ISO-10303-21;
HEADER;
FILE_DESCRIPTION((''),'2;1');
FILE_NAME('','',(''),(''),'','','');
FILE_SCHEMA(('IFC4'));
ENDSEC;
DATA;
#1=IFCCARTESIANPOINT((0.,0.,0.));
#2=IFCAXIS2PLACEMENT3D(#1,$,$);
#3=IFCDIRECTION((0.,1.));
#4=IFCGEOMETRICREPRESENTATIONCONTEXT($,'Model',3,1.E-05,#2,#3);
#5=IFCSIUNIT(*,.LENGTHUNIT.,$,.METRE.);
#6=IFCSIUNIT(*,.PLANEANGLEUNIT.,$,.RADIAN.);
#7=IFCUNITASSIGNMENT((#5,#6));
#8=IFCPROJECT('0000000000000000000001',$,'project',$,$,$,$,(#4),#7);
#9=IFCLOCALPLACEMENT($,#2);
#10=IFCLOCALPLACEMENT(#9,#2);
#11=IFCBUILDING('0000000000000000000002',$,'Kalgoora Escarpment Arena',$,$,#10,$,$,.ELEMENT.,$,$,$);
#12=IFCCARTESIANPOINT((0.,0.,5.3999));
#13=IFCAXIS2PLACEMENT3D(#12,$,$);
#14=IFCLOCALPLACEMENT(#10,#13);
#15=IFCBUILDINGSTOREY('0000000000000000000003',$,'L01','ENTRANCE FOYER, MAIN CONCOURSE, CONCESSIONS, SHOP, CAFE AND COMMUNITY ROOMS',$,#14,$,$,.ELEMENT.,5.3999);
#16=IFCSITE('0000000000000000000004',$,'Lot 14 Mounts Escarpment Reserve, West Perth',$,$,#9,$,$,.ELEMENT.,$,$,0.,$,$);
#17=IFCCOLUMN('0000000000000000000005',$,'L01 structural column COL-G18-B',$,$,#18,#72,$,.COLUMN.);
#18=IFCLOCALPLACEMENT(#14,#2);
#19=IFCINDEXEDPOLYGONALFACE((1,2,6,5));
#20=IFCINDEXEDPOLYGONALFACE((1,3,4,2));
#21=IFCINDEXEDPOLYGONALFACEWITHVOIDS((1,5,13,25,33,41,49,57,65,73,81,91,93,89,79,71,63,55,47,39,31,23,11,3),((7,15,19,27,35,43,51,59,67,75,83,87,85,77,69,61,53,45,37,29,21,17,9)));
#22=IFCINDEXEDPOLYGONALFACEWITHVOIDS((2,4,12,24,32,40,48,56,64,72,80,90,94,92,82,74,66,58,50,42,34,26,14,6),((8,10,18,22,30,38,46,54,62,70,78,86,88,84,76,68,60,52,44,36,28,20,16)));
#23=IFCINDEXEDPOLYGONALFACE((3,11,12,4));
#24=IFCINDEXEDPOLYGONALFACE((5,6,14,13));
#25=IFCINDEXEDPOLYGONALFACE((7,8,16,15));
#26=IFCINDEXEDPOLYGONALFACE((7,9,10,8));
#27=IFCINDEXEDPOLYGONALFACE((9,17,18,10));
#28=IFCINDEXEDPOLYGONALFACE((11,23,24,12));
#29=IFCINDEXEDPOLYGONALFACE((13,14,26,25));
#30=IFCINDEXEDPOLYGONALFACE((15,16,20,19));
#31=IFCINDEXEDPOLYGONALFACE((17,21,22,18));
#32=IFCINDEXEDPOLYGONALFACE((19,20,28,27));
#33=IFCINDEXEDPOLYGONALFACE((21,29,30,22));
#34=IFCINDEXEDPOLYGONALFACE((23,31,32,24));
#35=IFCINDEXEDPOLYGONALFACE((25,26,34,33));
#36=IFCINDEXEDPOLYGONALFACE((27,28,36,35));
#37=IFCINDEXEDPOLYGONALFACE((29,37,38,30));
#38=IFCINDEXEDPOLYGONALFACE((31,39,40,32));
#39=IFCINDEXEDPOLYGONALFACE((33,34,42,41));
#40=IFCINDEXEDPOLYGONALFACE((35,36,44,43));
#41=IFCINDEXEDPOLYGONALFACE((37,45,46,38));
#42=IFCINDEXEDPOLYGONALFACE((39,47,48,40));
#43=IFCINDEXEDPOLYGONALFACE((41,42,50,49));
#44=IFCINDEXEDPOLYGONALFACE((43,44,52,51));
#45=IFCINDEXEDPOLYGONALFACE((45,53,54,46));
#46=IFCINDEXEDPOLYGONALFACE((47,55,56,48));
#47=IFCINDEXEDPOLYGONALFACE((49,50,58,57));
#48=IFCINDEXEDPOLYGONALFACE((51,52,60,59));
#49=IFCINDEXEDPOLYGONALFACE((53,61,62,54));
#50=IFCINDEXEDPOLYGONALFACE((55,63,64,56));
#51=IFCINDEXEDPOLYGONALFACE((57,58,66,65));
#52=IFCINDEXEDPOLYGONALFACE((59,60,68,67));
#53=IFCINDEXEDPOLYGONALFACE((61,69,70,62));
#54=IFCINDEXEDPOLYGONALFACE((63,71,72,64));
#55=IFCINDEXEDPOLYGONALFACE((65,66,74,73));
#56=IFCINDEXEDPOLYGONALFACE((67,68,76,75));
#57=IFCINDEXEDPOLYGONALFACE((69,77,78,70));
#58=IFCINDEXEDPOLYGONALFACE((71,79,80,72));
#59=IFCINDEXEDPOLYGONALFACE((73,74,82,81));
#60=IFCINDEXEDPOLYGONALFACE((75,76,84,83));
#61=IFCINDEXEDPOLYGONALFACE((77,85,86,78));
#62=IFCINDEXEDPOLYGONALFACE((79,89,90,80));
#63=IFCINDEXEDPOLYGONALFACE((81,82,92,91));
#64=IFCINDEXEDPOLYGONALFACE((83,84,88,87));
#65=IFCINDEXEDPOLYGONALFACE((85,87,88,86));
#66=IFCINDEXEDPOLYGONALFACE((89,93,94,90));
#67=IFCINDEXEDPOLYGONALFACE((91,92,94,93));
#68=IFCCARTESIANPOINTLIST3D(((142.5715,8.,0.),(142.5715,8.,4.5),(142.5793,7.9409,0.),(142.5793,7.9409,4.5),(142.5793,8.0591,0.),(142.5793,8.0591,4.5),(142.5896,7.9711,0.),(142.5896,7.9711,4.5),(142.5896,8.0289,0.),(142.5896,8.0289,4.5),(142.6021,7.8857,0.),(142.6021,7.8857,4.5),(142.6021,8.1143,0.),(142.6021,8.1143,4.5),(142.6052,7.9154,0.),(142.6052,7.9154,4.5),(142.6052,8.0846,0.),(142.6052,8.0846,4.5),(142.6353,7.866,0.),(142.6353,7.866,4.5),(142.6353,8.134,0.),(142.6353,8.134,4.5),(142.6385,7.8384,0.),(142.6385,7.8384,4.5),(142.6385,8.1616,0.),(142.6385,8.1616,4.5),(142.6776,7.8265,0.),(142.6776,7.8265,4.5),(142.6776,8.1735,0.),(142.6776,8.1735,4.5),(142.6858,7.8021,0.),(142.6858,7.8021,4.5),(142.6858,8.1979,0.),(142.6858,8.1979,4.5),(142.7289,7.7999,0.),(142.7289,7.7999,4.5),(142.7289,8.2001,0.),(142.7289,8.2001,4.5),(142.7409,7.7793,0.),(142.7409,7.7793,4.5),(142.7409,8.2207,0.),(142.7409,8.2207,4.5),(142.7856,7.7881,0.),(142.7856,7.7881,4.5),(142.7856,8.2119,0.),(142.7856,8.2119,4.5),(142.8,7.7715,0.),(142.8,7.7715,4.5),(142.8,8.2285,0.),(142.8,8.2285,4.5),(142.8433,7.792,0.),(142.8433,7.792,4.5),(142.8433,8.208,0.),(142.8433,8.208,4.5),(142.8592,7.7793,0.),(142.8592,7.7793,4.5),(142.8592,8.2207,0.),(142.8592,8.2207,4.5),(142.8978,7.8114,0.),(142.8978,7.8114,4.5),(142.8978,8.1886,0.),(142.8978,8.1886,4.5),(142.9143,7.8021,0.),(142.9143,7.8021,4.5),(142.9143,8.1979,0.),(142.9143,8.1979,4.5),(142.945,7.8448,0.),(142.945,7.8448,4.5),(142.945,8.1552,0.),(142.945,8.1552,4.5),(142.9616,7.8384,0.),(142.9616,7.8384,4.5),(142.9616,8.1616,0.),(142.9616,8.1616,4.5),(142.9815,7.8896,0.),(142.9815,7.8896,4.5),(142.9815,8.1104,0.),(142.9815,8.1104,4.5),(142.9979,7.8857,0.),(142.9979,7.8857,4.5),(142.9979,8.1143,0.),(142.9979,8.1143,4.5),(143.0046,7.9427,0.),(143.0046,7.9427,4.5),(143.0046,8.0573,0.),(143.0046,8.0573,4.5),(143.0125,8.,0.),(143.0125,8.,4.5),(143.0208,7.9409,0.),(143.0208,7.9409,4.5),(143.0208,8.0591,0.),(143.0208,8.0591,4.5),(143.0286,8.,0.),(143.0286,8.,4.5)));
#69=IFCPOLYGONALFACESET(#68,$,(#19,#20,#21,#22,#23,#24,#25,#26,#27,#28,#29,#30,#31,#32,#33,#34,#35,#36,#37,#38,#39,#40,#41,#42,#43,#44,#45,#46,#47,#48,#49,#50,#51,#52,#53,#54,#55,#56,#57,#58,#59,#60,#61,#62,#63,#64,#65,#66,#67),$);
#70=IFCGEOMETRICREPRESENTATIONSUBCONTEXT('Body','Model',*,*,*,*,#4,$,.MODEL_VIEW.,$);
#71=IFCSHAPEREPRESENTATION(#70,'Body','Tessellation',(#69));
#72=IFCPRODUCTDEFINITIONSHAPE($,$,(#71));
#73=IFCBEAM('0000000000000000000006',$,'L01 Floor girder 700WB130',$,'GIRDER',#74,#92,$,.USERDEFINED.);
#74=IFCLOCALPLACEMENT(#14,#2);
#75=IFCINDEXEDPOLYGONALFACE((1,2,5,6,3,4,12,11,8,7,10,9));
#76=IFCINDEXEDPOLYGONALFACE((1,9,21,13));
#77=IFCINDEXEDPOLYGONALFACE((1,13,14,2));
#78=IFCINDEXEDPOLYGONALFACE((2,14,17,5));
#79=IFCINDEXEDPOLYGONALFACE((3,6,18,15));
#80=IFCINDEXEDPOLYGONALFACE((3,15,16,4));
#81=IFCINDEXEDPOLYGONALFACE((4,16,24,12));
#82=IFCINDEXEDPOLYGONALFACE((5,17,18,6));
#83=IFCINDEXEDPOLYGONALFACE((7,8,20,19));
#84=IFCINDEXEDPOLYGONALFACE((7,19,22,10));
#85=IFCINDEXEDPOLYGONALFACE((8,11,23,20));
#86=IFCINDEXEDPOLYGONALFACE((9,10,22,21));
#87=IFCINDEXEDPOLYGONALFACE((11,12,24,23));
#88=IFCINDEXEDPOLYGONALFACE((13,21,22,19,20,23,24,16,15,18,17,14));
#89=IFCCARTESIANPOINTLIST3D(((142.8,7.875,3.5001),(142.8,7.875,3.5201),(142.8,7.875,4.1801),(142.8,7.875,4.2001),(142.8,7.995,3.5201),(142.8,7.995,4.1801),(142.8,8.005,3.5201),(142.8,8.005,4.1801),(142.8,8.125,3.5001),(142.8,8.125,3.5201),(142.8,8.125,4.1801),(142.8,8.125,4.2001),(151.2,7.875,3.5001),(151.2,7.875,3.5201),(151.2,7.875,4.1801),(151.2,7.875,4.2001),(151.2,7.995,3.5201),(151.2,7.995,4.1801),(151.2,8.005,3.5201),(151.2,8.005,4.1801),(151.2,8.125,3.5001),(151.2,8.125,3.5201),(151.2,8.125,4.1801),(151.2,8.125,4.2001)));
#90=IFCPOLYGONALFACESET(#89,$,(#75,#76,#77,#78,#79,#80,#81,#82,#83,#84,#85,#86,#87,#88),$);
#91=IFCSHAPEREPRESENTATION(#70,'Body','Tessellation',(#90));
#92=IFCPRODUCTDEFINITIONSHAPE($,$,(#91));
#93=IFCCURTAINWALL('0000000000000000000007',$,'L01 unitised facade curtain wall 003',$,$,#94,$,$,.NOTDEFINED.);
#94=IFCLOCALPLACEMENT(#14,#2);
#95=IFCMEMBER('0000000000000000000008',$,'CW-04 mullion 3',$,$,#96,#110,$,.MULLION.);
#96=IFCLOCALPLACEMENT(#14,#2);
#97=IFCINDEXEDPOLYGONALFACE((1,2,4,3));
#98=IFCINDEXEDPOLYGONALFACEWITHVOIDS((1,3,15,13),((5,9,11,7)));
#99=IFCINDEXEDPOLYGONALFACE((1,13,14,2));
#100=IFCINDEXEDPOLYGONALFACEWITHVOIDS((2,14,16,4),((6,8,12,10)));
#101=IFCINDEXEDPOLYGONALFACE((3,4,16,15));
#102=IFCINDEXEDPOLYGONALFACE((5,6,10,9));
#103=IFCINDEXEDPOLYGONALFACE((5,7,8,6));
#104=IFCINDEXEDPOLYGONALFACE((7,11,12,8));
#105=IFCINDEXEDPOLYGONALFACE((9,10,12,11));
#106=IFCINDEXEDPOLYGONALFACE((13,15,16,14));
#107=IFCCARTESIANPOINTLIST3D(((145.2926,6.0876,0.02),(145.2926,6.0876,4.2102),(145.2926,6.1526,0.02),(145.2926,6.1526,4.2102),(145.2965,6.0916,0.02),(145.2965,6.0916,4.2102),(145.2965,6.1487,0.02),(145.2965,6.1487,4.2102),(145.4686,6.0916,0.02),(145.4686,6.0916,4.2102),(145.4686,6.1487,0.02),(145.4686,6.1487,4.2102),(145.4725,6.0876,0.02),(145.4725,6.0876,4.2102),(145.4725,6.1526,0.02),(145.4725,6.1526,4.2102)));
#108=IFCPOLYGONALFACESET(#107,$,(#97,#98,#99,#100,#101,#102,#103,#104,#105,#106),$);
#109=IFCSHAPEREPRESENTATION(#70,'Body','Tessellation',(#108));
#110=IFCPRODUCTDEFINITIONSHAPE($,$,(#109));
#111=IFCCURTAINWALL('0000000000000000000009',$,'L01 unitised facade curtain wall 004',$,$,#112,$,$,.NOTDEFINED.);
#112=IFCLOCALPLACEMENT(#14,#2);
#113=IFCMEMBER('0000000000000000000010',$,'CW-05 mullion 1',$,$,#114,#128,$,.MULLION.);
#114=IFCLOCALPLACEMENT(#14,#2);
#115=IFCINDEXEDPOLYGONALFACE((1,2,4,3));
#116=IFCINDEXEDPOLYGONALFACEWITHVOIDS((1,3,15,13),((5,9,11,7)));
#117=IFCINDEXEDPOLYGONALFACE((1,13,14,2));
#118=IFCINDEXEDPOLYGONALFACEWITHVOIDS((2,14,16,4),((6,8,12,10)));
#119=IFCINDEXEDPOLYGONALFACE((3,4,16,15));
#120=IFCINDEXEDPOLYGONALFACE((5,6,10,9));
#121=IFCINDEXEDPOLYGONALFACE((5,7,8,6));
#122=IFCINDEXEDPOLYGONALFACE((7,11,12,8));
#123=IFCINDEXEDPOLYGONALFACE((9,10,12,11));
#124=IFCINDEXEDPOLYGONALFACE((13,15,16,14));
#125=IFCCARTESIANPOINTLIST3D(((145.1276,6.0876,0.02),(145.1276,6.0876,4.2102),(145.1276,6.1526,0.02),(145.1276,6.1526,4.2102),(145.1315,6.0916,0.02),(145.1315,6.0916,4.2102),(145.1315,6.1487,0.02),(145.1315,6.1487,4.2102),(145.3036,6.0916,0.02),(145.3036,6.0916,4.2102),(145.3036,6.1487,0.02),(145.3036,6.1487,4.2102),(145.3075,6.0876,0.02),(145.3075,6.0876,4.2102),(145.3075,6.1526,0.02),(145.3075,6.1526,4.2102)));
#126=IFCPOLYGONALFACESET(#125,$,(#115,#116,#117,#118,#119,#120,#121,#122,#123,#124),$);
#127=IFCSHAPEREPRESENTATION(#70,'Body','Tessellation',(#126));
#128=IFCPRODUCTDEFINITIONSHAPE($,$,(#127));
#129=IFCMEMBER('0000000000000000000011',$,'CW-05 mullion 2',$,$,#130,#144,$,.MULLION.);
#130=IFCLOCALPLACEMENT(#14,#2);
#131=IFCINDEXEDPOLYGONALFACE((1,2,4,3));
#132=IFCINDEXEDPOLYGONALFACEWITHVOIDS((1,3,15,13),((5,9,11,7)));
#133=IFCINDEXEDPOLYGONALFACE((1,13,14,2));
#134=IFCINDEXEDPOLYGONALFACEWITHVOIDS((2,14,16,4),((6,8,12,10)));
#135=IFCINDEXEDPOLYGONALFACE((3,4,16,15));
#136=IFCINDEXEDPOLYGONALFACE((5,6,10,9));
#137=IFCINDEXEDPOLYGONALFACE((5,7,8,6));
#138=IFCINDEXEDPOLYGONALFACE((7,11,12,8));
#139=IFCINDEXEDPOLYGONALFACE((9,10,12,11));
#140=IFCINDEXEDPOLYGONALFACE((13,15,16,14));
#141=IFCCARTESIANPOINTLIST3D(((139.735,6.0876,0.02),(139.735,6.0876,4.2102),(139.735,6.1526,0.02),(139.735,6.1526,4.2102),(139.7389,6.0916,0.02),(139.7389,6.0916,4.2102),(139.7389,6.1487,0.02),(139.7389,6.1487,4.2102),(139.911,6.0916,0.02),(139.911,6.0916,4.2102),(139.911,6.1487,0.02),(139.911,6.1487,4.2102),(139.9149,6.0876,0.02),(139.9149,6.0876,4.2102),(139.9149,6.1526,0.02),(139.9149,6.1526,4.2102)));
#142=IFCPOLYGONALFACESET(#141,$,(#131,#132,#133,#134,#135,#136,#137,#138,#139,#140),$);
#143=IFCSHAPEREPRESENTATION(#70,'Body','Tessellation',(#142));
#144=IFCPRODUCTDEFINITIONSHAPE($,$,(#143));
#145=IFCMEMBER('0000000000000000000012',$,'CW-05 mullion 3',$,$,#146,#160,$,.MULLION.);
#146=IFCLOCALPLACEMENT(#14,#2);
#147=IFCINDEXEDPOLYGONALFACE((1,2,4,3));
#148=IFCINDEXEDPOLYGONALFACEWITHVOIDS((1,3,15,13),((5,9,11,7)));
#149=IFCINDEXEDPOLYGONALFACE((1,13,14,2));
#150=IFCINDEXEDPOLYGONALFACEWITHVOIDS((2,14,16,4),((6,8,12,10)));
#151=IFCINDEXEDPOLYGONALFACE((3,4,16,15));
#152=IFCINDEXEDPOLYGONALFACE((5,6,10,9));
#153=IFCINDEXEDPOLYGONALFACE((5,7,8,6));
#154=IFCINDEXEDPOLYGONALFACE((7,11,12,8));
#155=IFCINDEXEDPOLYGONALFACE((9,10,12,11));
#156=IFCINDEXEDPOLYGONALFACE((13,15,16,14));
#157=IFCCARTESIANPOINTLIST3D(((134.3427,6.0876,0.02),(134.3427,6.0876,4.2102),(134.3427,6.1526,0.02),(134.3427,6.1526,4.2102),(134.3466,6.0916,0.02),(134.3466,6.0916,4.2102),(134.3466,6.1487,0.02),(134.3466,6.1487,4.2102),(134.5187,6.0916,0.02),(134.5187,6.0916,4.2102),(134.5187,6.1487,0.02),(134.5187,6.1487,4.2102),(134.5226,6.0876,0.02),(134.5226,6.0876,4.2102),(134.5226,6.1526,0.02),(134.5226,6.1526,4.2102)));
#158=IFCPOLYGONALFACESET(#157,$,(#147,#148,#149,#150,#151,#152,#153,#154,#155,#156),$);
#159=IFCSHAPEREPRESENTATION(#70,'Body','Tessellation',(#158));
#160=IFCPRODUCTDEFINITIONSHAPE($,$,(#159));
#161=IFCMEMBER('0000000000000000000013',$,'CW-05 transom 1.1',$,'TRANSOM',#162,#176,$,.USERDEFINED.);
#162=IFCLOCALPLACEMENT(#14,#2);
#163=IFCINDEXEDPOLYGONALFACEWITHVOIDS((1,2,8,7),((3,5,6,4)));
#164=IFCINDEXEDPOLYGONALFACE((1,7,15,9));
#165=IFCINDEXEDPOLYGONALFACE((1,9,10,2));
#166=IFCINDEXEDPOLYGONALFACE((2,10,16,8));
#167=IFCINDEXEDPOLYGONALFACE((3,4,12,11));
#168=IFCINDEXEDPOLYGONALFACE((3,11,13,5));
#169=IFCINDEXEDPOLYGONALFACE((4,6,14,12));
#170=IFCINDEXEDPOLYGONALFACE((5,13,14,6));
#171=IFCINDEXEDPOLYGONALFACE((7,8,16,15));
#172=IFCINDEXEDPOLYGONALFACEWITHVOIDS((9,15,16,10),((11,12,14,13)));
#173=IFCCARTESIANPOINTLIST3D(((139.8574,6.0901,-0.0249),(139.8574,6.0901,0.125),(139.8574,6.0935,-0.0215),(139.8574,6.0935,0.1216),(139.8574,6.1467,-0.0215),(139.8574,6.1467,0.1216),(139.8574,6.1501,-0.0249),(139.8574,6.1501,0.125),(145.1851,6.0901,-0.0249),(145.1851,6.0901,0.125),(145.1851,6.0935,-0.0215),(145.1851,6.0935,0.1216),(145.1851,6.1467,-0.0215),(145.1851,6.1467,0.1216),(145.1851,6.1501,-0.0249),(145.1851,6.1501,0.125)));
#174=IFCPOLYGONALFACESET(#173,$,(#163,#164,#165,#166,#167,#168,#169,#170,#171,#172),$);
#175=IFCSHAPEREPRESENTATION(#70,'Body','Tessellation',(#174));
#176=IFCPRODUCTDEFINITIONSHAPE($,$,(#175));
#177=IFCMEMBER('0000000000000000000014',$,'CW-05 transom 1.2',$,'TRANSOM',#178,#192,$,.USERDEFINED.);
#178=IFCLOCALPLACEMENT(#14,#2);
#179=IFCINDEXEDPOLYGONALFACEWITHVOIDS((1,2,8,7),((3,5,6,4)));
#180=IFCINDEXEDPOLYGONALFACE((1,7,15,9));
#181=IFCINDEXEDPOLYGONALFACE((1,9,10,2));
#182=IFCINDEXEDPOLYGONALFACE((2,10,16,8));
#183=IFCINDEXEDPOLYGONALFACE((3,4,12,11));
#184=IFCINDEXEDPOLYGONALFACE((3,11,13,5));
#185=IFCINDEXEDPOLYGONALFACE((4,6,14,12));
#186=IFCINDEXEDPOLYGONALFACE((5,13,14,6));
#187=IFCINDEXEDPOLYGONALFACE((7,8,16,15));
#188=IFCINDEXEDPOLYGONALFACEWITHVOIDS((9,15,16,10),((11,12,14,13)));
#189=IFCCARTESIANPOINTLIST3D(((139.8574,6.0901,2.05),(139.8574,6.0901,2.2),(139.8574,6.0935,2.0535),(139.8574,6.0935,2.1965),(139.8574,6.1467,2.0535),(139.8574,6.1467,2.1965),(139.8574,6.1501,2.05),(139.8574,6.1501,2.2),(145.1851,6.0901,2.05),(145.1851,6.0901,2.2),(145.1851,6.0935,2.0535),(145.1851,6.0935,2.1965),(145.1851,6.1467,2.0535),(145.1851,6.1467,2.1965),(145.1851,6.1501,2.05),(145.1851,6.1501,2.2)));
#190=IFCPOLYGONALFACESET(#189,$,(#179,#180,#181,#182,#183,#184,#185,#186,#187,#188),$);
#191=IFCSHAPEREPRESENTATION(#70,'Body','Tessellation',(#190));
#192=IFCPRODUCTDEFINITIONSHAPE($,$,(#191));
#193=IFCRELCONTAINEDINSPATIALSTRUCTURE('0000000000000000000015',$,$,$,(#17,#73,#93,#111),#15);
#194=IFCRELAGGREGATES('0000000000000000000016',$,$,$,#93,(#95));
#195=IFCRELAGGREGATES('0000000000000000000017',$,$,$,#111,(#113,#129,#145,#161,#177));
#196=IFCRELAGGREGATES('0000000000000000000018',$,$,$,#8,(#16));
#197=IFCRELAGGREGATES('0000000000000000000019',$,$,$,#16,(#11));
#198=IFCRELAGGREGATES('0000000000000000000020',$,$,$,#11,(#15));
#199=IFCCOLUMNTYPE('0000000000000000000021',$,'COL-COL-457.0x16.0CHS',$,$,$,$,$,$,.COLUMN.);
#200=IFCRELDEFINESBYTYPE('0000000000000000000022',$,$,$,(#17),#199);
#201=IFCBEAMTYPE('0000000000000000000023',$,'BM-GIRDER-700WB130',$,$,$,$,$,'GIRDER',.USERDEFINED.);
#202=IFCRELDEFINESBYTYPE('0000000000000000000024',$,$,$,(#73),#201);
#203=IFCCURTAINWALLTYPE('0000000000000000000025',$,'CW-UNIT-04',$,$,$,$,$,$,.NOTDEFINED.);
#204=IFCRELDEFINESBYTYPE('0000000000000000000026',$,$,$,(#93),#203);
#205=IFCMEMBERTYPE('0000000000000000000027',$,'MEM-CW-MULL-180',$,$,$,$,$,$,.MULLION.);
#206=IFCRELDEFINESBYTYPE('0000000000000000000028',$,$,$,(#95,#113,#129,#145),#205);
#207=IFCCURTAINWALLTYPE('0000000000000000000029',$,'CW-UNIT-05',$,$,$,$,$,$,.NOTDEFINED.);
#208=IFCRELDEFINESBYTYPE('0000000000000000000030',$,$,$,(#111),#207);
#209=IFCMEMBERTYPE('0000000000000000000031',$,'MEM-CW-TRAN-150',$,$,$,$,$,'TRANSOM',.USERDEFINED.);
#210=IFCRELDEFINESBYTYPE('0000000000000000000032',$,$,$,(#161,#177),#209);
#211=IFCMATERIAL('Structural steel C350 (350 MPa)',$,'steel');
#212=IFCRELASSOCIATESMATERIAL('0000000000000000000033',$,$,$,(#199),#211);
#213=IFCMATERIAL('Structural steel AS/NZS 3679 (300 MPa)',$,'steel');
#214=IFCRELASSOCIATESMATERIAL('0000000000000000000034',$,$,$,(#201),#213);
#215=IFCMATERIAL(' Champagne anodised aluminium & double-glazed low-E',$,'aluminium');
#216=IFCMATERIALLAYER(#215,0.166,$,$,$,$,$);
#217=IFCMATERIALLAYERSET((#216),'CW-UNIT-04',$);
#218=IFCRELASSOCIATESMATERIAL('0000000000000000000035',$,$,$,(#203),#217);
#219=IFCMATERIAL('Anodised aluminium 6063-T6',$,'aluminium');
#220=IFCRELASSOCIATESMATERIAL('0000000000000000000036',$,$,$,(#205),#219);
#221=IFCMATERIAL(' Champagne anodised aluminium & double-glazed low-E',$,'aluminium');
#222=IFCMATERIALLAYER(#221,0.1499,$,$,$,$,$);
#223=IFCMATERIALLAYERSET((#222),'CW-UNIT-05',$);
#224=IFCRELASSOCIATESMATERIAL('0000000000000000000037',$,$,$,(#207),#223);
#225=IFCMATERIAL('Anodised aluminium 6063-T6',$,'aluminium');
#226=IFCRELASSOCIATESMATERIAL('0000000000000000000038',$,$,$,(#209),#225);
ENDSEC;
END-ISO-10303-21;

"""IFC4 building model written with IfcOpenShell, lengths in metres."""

from ifc_helpers import new_model, si_unit, direction, frame, origin, origin_2d, place, context, subcontext, project, spatial, hollow_rectangle, hollow_circle, i_section, extrude, material, layer, layer_set, material_profile, profile_set, type_object, element, aggregate, save


model = new_model("IFC4")

# Units and contexts
model_context = context("Model", 3, precision=1e-05, world=origin(), true_north=direction((0.0, 1.0)))
body_context = subcontext(model_context, "Body", "Model", "MODEL_VIEW")
ifc_project = project(units=[si_unit("LENGTHUNIT", "METRE"), si_unit("PLANEANGLEUNIT", "RADIAN")], contexts=[model_context])

# Site, building, storey
site_placement = place(None, origin())
site = spatial("IfcSite", under=ifc_project, at=site_placement, Name="Lot 14 Mounts Escarpment Reserve, West Perth", CompositionType="ELEMENT", RefElevation=0.0)
building_placement = place(site_placement, origin())
building = spatial("IfcBuilding", under=site, at=building_placement, Name="Kalgoora Escarpment Arena", CompositionType="ELEMENT")
storey_placement = place(building_placement, frame((0.0, 0.0, 5.3999)))
storey = spatial("IfcBuildingStorey", under=building, at=storey_placement, Name="L01", Description="ENTRANCE FOYER, MAIN CONCOURSE, CONCESSIONS, SHOP, CAFE AND COMMUNITY ROOMS", CompositionType="ELEMENT", Elevation=5.3999)

# Column
ifc_material_1 = material(Name="Structural steel C350 (350 MPa)", Category="steel")
ifc_material_profile_1 = material_profile(ifc_material_1, hollow_circle(Radius=0.2285, WallThickness=0.0161, at=origin_2d()))
ifc_profile_set_1 = profile_set([ifc_material_profile_1], Name="Structural steel C350 (350 MPa)")
column_type = type_object("IfcColumnType", Name="COL-COL-457.0x16.0CHS", PredefinedType="COLUMN", material=ifc_profile_set_1)
column_placement = place(storey_placement, frame((142.8, 8.0, 0.0), z_axis=(0.0, 0.0, 1.0), x_axis=(1.0, 0.0, 0.0)))
element("IfcColumn", 1, at=column_placement, inside=storey, type_object=column_type, Name="L01 structural column COL-G18-B", PredefinedType="COLUMN", context=body_context, shape_type="SweptSolid", body=[
    extrude(hollow_circle(Radius=0.2285, WallThickness=0.0161, at=origin_2d()), origin(), (0.0, 0.0, 1.0), 4.5),
])

# Beam
ifc_material_2 = material(Name="Structural steel AS/NZS 3679 (300 MPa)", Category="steel")
ifc_material_profile_2 = material_profile(ifc_material_2, i_section(OverallWidth=0.25, OverallDepth=0.7, WebThickness=0.01, FlangeThickness=0.02, at=origin_2d()))
ifc_profile_set_2 = profile_set([ifc_material_profile_2], Name="Structural steel AS/NZS 3679 (300 MPa)")
beam_type = type_object("IfcBeamType", Name="BM-GIRDER-700WB130", ElementType="GIRDER", PredefinedType="USERDEFINED", material=ifc_profile_set_2)
beam_placement = place(storey_placement, frame((142.8, 8.0, 3.8501), z_axis=(1.0, 0.0, 0.0), x_axis=(0.0, 1.0, 0.0)))
element("IfcBeam", 2, at=beam_placement, inside=storey, type_object=beam_type, Name="L01 Floor girder 700WB130", ObjectType="GIRDER", PredefinedType="USERDEFINED", context=body_context, shape_type="SweptSolid", body=[
    extrude(i_section(OverallWidth=0.25, OverallDepth=0.7, WebThickness=0.01, FlangeThickness=0.02, at=origin_2d()), origin(), (0.0, 0.0, 1.0), 8.3999),
])

# Curtain wall, member
ifc_material_3 = material(Name=" Champagne anodised aluminium & double-glazed low-E", Category="aluminium")
ifc_layer_1 = layer(ifc_material_3, 0.166)
ifc_layer_set_1 = layer_set([ifc_layer_1], Name="CW-UNIT-04")
curtain_wall_type_1 = type_object("IfcCurtainWallType", Name="CW-UNIT-04", PredefinedType="NOTDEFINED", material=ifc_layer_set_1)
curtain_wall_1_placement = place(storey_placement, origin())
curtain_wall_1 = element("IfcCurtainWall", 3, at=curtain_wall_1_placement, inside=storey, type_object=curtain_wall_type_1, Name="L01 unitised facade curtain wall 003", PredefinedType="NOTDEFINED")
ifc_material_4 = material(Name="Anodised aluminium 6063-T6", Category="aluminium")
ifc_material_profile_3 = material_profile(ifc_material_4, hollow_rectangle(XDim=0.0649, YDim=0.1799, WallThickness=0.0039, at=origin_2d()))
ifc_profile_set_3 = profile_set([ifc_material_profile_3], Name="Anodised aluminium 6063-T6")
member_type_1 = type_object("IfcMemberType", Name="MEM-CW-MULL-180", PredefinedType="MULLION", material=ifc_profile_set_3)
member_1_placement = place(storey_placement, frame((145.3826, 6.1201, 0.02), z_axis=(0.0, 0.0, 1.0), x_axis=(0.0, -1.0, 0.0)))
member_1 = element("IfcMember", 4, at=member_1_placement, type_object=member_type_1, Name="CW-04 mullion 3", PredefinedType="MULLION", context=body_context, shape_type="SweptSolid", body=[
    extrude(hollow_rectangle(XDim=0.0649, YDim=0.1799, WallThickness=0.0039, at=origin_2d()), origin(), (0.0, 0.0, 1.0), 4.1902),
])
aggregate(curtain_wall_1, [member_1])

# Curtain wall, members
ifc_material_5 = material(Name=" Champagne anodised aluminium & double-glazed low-E", Category="aluminium")
ifc_layer_2 = layer(ifc_material_5, 0.1499)
ifc_layer_set_2 = layer_set([ifc_layer_2], Name="CW-UNIT-05")
curtain_wall_type_2 = type_object("IfcCurtainWallType", Name="CW-UNIT-05", PredefinedType="NOTDEFINED", material=ifc_layer_set_2)
curtain_wall_2_placement = place(storey_placement, origin())
curtain_wall_2 = element("IfcCurtainWall", 5, at=curtain_wall_2_placement, inside=storey, type_object=curtain_wall_type_2, Name="L01 unitised facade curtain wall 004", PredefinedType="NOTDEFINED")
member_2_placement = place(storey_placement, frame((145.2175, 6.1201, 0.02), z_axis=(0.0, 0.0, 1.0), x_axis=(0.0, -1.0, 0.0)))
member_2 = element("IfcMember", 6, at=member_2_placement, type_object=member_type_1, Name="CW-05 mullion 1", PredefinedType="MULLION", context=body_context, shape_type="SweptSolid", body=[
    extrude(hollow_rectangle(XDim=0.0649, YDim=0.1799, WallThickness=0.0039, at=origin_2d()), origin(), (0.0, 0.0, 1.0), 4.1902),
])
member_3_placement = place(storey_placement, frame((139.825, 6.1201, 0.02), z_axis=(0.0, 0.0, 1.0), x_axis=(0.0, -1.0, 0.0)))
member_3 = element("IfcMember", 7, at=member_3_placement, type_object=member_type_1, Name="CW-05 mullion 2", PredefinedType="MULLION", context=body_context, shape_type="SweptSolid", body=[
    extrude(hollow_rectangle(XDim=0.0649, YDim=0.1799, WallThickness=0.0039, at=origin_2d()), origin(), (0.0, 0.0, 1.0), 4.1902),
])
member_4_placement = place(storey_placement, frame((134.4326, 6.1201, 0.02), z_axis=(0.0, 0.0, 1.0), x_axis=(0.0, -1.0, 0.0)))
member_4 = element("IfcMember", 8, at=member_4_placement, type_object=member_type_1, Name="CW-05 mullion 3", PredefinedType="MULLION", context=body_context, shape_type="SweptSolid", body=[
    extrude(hollow_rectangle(XDim=0.0649, YDim=0.1799, WallThickness=0.0039, at=origin_2d()), origin(), (0.0, 0.0, 1.0), 4.1902),
])
ifc_material_6 = material(Name="Anodised aluminium 6063-T6", Category="aluminium")
ifc_material_profile_4 = material_profile(ifc_material_6, hollow_rectangle(XDim=0.0601, YDim=0.1499, WallThickness=0.0034, at=origin_2d()))
ifc_profile_set_4 = profile_set([ifc_material_profile_4], Name="Anodised aluminium 6063-T6")
member_type_2 = type_object("IfcMemberType", Name="MEM-CW-TRAN-150", ElementType="TRANSOM", PredefinedType="USERDEFINED", material=ifc_profile_set_4)
member_5_placement = place(storey_placement, frame((145.1851, 6.1201, 0.05), z_axis=(-1.0, 0.0, 0.0), x_axis=(0.0, -1.0, 0.0)))
member_5 = element("IfcMember", 9, at=member_5_placement, type_object=member_type_2, Name="CW-05 transom 1.1", ObjectType="TRANSOM", PredefinedType="USERDEFINED", context=body_context, shape_type="SweptSolid", body=[
    extrude(hollow_rectangle(XDim=0.0601, YDim=0.1499, WallThickness=0.0034, at=origin_2d()), origin(), (0.0, 0.0, 1.0), 5.3276),
])
member_6_placement = place(storey_placement, frame((145.1851, 6.1201, 2.125), z_axis=(-1.0, 0.0, 0.0), x_axis=(0.0, -1.0, 0.0)))
member_6 = element("IfcMember", 10, at=member_6_placement, type_object=member_type_2, Name="CW-05 transom 1.2", ObjectType="TRANSOM", PredefinedType="USERDEFINED", context=body_context, shape_type="SweptSolid", body=[
    extrude(hollow_rectangle(XDim=0.0601, YDim=0.1499, WallThickness=0.0034, at=origin_2d()), origin(), (0.0, 0.0, 1.0), 5.3276),
])

aggregate(curtain_wall_2, [member_2, member_3, member_4, member_5, member_6])

save(model, "model.ifc")
